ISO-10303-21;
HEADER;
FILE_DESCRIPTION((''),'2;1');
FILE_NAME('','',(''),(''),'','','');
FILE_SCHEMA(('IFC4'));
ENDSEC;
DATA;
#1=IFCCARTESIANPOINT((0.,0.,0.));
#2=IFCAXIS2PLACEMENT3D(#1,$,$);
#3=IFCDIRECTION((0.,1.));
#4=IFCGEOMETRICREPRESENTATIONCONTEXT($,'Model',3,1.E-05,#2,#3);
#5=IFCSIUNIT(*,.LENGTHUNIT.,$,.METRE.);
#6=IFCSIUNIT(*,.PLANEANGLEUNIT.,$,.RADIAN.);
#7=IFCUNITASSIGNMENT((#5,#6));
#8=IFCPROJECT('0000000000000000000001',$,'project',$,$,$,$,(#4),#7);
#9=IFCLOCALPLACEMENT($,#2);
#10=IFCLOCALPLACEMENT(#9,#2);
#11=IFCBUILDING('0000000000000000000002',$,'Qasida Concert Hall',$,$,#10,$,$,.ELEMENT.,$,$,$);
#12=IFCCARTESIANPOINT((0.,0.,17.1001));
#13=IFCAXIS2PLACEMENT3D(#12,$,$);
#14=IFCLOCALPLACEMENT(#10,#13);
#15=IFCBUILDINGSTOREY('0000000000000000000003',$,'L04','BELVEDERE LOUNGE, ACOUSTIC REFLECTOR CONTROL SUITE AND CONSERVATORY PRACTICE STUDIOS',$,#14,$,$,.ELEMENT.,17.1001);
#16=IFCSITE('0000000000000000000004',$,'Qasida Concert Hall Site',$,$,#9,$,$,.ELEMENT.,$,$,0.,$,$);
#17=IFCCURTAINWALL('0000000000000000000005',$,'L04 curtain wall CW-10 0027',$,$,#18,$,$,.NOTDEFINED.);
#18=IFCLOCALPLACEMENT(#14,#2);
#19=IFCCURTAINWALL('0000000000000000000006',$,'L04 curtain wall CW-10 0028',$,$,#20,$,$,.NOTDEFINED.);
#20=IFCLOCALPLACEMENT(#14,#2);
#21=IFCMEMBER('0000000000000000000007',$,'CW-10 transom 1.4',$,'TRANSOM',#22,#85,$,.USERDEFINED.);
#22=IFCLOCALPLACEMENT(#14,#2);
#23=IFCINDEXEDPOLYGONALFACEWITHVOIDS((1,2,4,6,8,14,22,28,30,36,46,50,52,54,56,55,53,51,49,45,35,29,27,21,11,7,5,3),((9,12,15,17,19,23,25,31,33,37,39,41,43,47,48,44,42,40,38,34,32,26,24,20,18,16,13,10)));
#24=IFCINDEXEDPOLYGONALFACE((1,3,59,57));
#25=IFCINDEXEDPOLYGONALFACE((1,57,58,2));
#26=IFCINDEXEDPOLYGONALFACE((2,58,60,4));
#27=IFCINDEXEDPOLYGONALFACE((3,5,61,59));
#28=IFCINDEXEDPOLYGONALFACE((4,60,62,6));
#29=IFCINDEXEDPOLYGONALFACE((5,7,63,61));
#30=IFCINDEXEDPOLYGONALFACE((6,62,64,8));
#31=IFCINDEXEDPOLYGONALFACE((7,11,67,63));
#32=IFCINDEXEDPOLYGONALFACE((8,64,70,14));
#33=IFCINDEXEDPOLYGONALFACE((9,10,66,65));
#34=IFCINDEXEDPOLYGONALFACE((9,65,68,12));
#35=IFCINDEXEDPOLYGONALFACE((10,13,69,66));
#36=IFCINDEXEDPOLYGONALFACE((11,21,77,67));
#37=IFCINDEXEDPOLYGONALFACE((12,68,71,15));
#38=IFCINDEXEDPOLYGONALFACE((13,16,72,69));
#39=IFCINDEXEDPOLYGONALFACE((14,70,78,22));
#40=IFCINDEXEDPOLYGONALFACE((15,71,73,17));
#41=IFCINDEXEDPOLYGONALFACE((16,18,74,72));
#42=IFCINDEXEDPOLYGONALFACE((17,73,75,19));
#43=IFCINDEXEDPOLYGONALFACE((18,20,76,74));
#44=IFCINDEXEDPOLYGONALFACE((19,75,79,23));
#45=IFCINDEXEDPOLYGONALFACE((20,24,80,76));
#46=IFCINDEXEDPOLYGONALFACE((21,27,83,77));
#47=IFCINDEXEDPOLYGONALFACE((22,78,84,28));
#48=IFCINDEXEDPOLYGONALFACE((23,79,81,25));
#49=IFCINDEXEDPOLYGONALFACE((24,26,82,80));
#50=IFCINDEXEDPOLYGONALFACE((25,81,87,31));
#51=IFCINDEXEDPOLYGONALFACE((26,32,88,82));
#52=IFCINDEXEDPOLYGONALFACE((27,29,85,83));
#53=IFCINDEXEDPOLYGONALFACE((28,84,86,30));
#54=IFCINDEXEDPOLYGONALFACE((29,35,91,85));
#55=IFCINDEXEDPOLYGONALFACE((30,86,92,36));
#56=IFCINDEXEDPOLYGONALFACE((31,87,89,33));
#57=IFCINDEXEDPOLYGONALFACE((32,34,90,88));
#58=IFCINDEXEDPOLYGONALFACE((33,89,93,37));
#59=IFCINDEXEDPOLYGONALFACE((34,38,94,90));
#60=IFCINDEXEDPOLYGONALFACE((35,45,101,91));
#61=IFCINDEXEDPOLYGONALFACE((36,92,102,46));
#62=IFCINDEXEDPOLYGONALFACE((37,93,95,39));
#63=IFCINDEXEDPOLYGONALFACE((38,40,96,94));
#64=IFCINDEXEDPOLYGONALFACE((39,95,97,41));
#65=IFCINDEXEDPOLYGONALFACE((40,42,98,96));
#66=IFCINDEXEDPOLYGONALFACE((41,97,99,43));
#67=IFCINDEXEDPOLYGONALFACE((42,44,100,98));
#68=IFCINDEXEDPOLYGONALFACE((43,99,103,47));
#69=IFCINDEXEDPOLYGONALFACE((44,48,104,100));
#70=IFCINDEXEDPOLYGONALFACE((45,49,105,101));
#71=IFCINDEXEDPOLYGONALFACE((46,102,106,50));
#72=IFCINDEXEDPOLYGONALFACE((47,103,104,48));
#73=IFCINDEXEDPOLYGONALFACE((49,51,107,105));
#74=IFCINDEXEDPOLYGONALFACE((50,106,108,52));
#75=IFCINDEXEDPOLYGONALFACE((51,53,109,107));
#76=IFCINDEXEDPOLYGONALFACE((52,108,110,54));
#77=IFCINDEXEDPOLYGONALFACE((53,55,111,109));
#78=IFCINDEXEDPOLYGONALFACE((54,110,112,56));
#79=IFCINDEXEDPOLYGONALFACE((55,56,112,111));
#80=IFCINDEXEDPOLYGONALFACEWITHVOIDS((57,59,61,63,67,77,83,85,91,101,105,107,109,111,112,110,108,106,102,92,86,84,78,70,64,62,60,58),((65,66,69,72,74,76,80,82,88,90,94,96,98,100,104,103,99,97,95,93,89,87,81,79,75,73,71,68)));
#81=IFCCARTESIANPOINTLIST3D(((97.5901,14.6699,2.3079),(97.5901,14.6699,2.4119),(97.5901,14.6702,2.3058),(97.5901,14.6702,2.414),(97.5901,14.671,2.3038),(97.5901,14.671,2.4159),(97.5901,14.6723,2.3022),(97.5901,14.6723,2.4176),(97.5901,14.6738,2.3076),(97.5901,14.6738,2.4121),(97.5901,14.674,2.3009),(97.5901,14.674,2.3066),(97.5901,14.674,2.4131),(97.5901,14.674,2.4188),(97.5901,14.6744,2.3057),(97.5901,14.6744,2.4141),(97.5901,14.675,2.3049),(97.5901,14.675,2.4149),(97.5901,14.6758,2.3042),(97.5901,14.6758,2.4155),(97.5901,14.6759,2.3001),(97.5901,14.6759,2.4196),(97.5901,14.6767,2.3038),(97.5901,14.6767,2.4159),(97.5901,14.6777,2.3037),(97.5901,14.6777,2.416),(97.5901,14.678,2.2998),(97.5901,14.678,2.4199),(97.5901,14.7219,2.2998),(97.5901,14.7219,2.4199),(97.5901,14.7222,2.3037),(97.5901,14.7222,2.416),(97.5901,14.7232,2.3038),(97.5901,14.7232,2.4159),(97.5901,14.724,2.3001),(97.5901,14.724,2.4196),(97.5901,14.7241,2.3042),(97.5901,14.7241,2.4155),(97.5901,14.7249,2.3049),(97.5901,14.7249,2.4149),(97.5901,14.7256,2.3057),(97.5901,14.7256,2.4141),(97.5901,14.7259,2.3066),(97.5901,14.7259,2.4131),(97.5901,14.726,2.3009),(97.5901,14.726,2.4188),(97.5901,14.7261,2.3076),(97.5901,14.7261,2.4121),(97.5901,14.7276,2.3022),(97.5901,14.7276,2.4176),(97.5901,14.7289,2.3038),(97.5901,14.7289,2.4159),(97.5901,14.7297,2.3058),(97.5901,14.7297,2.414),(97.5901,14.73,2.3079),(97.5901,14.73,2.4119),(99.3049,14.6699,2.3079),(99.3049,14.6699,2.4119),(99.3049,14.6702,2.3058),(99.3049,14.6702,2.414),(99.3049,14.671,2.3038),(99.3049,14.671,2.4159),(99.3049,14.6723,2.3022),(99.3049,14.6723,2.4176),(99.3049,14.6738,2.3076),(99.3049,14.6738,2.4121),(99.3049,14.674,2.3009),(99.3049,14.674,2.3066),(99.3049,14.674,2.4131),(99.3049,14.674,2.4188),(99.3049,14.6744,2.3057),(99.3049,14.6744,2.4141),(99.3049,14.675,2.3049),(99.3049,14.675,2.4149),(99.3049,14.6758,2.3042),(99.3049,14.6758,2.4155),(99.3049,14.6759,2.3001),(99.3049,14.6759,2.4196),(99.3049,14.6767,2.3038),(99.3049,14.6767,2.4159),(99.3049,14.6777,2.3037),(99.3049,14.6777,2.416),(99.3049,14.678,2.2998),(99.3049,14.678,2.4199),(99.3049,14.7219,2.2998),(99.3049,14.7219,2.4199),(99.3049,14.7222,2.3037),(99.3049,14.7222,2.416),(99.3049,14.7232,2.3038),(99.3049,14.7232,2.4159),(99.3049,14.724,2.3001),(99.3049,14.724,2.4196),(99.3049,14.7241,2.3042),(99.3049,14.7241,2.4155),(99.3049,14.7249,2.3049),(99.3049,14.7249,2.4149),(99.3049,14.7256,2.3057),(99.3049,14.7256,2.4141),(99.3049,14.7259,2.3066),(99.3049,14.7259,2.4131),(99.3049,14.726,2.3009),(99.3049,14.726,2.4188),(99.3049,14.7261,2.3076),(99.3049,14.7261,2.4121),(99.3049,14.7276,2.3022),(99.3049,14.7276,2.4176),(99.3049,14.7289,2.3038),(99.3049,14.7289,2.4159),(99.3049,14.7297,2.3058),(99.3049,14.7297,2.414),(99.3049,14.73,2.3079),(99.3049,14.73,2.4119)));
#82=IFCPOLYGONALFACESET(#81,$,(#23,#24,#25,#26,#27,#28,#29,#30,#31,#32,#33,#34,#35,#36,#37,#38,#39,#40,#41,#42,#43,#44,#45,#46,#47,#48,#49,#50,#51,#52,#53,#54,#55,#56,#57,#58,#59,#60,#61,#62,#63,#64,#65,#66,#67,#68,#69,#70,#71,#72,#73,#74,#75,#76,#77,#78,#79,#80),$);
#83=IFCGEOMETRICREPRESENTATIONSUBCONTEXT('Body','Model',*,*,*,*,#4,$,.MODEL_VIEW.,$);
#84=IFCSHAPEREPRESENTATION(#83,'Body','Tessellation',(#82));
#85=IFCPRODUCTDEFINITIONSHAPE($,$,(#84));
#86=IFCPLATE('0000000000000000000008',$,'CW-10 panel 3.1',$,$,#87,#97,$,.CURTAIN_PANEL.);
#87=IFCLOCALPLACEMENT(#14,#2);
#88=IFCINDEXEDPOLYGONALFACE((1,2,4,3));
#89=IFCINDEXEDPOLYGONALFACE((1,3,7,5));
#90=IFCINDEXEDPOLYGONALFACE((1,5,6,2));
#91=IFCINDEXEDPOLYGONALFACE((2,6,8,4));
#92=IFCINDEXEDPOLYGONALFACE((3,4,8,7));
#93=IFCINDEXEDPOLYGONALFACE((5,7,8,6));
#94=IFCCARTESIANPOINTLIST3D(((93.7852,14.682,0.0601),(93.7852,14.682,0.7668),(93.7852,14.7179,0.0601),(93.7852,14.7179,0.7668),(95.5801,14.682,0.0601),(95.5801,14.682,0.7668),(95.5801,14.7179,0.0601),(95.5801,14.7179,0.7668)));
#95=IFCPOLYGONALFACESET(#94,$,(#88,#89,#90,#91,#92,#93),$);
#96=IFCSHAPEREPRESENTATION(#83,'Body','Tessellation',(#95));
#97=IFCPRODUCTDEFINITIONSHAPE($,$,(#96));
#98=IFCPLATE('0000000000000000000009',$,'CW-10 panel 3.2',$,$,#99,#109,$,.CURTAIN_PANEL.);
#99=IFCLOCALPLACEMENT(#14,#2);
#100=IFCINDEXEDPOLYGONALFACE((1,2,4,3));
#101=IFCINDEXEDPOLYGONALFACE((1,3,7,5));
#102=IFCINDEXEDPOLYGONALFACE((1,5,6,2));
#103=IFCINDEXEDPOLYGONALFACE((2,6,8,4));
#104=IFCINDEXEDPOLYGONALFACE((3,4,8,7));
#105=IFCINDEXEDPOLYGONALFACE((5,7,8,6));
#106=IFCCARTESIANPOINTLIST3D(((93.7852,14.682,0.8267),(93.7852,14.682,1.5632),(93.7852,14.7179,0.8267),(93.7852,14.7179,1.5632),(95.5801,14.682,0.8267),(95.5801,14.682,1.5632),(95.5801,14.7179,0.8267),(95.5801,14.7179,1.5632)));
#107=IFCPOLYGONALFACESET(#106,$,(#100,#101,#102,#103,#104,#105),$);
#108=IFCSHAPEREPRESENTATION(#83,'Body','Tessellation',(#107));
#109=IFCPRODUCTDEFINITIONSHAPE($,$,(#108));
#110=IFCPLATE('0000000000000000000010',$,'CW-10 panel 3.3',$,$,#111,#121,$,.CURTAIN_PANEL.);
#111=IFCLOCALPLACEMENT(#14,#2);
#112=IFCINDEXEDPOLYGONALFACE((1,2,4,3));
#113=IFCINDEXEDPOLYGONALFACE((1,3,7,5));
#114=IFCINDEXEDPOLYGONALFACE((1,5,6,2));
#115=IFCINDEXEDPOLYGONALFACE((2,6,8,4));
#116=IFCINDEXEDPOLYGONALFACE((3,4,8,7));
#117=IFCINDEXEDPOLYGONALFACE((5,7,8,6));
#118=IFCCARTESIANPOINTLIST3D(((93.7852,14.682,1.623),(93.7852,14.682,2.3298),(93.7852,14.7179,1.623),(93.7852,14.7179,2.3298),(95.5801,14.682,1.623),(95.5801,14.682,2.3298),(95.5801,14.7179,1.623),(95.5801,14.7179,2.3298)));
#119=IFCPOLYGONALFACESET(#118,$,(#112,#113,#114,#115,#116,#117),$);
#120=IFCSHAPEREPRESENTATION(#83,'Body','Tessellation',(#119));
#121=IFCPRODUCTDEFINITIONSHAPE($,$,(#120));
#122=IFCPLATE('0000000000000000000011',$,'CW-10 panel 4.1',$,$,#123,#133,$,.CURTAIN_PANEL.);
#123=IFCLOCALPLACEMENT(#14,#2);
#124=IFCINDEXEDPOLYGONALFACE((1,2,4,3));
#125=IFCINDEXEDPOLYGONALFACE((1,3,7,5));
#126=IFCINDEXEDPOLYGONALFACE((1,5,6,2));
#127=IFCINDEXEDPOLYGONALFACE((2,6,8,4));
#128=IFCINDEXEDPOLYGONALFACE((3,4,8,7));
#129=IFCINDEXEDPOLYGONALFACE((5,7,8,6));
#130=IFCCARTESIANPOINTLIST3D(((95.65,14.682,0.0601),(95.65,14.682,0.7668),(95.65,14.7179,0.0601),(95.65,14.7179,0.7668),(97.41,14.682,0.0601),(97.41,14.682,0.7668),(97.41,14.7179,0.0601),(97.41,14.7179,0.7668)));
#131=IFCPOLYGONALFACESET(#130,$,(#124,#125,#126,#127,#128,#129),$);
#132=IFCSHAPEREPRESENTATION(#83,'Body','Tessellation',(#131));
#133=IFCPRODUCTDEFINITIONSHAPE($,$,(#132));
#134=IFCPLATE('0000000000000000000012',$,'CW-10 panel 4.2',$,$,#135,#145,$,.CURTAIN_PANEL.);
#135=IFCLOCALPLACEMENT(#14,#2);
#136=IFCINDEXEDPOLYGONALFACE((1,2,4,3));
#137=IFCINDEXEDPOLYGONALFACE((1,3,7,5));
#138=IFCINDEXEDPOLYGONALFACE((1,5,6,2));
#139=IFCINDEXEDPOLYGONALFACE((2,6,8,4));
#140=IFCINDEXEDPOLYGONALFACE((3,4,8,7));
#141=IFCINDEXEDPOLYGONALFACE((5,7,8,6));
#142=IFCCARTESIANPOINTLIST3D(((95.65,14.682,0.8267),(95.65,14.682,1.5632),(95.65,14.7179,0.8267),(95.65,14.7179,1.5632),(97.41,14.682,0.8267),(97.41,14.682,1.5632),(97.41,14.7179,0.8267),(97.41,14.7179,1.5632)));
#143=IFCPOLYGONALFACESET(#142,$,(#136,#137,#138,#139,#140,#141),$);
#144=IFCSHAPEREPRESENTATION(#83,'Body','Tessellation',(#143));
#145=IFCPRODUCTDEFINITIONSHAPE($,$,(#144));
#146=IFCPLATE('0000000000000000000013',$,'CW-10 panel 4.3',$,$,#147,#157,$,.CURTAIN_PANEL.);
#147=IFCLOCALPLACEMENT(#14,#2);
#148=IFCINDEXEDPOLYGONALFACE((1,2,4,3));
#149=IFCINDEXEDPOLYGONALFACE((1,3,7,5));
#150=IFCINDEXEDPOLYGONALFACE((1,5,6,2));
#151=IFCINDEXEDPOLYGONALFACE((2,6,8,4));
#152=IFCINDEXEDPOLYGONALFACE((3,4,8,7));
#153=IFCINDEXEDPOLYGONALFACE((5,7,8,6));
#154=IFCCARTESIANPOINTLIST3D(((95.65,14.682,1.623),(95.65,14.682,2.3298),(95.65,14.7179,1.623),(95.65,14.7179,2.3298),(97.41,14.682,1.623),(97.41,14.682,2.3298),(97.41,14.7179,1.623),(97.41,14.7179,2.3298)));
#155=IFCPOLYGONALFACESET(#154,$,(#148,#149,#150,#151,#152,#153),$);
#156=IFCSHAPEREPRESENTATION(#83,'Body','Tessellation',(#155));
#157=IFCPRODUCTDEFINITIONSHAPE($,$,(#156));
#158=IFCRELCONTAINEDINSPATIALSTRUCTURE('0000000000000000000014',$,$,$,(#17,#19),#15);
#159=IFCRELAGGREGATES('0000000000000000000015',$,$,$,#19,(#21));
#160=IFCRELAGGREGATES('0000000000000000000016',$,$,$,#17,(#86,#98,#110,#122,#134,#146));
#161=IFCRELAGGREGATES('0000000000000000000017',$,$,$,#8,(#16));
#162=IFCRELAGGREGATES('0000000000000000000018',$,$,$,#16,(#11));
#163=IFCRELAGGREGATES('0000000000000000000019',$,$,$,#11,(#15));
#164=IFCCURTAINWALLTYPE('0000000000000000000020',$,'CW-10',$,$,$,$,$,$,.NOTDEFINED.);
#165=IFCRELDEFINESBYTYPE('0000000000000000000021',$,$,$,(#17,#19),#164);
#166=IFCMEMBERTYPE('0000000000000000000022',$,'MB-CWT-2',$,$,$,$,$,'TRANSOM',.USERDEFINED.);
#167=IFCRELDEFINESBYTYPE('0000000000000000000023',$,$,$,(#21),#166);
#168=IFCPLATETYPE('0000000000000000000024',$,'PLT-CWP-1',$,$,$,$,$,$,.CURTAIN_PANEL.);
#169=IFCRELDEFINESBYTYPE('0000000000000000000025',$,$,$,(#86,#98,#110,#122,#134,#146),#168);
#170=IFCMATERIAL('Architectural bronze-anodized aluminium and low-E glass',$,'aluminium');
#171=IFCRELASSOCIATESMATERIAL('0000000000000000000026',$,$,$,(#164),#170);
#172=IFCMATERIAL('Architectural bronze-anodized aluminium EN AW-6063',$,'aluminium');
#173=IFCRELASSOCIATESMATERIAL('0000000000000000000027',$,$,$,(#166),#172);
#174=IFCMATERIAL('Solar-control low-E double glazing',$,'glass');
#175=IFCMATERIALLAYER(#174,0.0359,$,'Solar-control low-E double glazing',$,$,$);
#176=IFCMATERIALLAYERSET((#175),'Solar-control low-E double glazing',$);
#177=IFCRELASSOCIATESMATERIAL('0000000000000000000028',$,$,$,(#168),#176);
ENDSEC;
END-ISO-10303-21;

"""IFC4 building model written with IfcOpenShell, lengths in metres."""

from ifc_helpers import new_model, si_unit, direction, frame, origin, origin_2d, place, context, subcontext, project, spatial, rectangle, hollow_rectangle, extrude, material, layer, layer_set, material_profile, profile_set, type_object, element, aggregate, save


model = new_model("IFC4")

# Units and contexts
model_context = context("Model", 3, precision=1e-05, world=origin(), true_north=direction((0.0, 1.0)))
body_context = subcontext(model_context, "Body", "Model", "MODEL_VIEW")
ifc_project = project(units=[si_unit("LENGTHUNIT", "METRE"), si_unit("PLANEANGLEUNIT", "RADIAN")], contexts=[model_context])

# Site, building, storey
site_placement = place(None, origin())
site = spatial("IfcSite", under=ifc_project, at=site_placement, Name="Qasida Concert Hall Site", CompositionType="ELEMENT", RefElevation=0.0)
building_placement = place(site_placement, origin())
building = spatial("IfcBuilding", under=site, at=building_placement, Name="Qasida Concert Hall", CompositionType="ELEMENT")
storey_placement = place(building_placement, frame((0.0, 0.0, 17.1001)))
storey = spatial("IfcBuildingStorey", under=building, at=storey_placement, Name="L04", Description="BELVEDERE LOUNGE, ACOUSTIC REFLECTOR CONTROL SUITE AND CONSERVATORY PRACTICE STUDIOS", CompositionType="ELEMENT", Elevation=17.1001)

# Curtain wall
ifc_material_1 = material(Name="Architectural bronze-anodized aluminium and low-E glass", Category="aluminium")
curtain_wall_type = type_object("IfcCurtainWallType", Name="CW-10", PredefinedType="NOTDEFINED", material=ifc_material_1)
curtain_wall_1_placement = place(storey_placement, origin())
curtain_wall_1 = element("IfcCurtainWall", 1, at=curtain_wall_1_placement, inside=storey, type_object=curtain_wall_type, Name="L04 curtain wall CW-10 0027", PredefinedType="NOTDEFINED")
ifc_material_2 = material(Name="Architectural bronze-anodized aluminium EN AW-6063", Category="aluminium")

# Curtain wall
curtain_wall_2_placement = place(storey_placement, origin())
curtain_wall_2 = element("IfcCurtainWall", 2, at=curtain_wall_2_placement, inside=storey, type_object=curtain_wall_type, Name="L04 curtain wall CW-10 0028", PredefinedType="NOTDEFINED")

# Member
ifc_material_profile_1 = material_profile(ifc_material_2, hollow_rectangle(XDim=0.0601, YDim=0.1201, WallThickness=0.0039, InnerFilletRadius=0.0039, OuterFilletRadius=0.0081, at=origin_2d()), Name="CWT 120x60x4")
ifc_profile_set_1 = profile_set([ifc_material_profile_1], Name="Architectural bronze-anodized aluminium EN AW-6063")
member_type_1 = type_object("IfcMemberType", Name="MB-CWT-2", ElementType="TRANSOM", PredefinedType="USERDEFINED", material=ifc_profile_set_1)
member_1_placement = place(storey_placement, frame((97.5901, 14.7, 2.3599), z_axis=(1.0, 0.0, 0.0), x_axis=(0.0, 1.0, 0.0)))
member_1 = element("IfcMember", 3, at=member_1_placement, type_object=member_type_1, Name="CW-10 transom 1.4", ObjectType="TRANSOM", PredefinedType="USERDEFINED", context=body_context, shape_type="SweptSolid", body=[
    extrude(hollow_rectangle(XDim=0.0601, YDim=0.1201, WallThickness=0.0039, InnerFilletRadius=0.0039, OuterFilletRadius=0.0081, at=origin_2d()), origin(), (0.0, 0.0, 1.0), 1.7148),
])
aggregate(curtain_wall_2, [member_1])

# Plates
ifc_material_3 = material(Name="Solar-control low-E double glazing", Category="glass")
ifc_layer = layer(ifc_material_3, 0.0359, Name="Solar-control low-E double glazing")
ifc_layer_set = layer_set([ifc_layer], Name="Solar-control low-E double glazing")
plate_type = type_object("IfcPlateType", Name="PLT-CWP-1", PredefinedType="CURTAIN_PANEL", material=ifc_layer_set)
plate_1_placement = place(storey_placement, frame((94.6826, 14.7, 0.0601), z_axis=(0.0, 0.0, 1.0), x_axis=(1.0, 0.0, 0.0)))
plate_1 = element("IfcPlate", 4, at=plate_1_placement, type_object=plate_type, Name="CW-10 panel 3.1", PredefinedType="CURTAIN_PANEL", context=body_context, shape_type="SweptSolid", body=[
    extrude(rectangle(XDim=1.7949, YDim=0.0359, at=origin_2d()), origin(), (0.0, 0.0, 1.0), 0.7068),
])
plate_2_placement = place(storey_placement, frame((94.6826, 14.7, 0.8267), z_axis=(0.0, 0.0, 1.0), x_axis=(1.0, 0.0, 0.0)))
plate_2 = element("IfcPlate", 5, at=plate_2_placement, type_object=plate_type, Name="CW-10 panel 3.2", PredefinedType="CURTAIN_PANEL", context=body_context, shape_type="SweptSolid", body=[
    extrude(rectangle(XDim=1.7949, YDim=0.0359, at=origin_2d()), origin(), (0.0, 0.0, 1.0), 0.7366),
])
plate_3_placement = place(storey_placement, frame((94.6826, 14.7, 1.623), z_axis=(0.0, 0.0, 1.0), x_axis=(1.0, 0.0, 0.0)))
plate_3 = element("IfcPlate", 6, at=plate_3_placement, type_object=plate_type, Name="CW-10 panel 3.3", PredefinedType="CURTAIN_PANEL", context=body_context, shape_type="SweptSolid", body=[
    extrude(rectangle(XDim=1.7949, YDim=0.0359, at=origin_2d()), origin(), (0.0, 0.0, 1.0), 0.7068),
])
plate_4_placement = place(storey_placement, frame((96.53, 14.7, 0.0601), z_axis=(0.0, 0.0, 1.0), x_axis=(1.0, 0.0, 0.0)))
plate_4 = element("IfcPlate", 7, at=plate_4_placement, type_object=plate_type, Name="CW-10 panel 4.1", PredefinedType="CURTAIN_PANEL", context=body_context, shape_type="SweptSolid", body=[
    extrude(rectangle(XDim=1.76, YDim=0.0359, at=origin_2d()), origin(), (0.0, 0.0, 1.0), 0.7068),
])
plate_5_placement = place(storey_placement, frame((96.53, 14.7, 0.8267), z_axis=(0.0, 0.0, 1.0), x_axis=(1.0, 0.0, 0.0)))
plate_5 = element("IfcPlate", 8, at=plate_5_placement, type_object=plate_type, Name="CW-10 panel 4.2", PredefinedType="CURTAIN_PANEL", context=body_context, shape_type="SweptSolid", body=[
    extrude(rectangle(XDim=1.76, YDim=0.0359, at=origin_2d()), origin(), (0.0, 0.0, 1.0), 0.7366),
])
plate_6_placement = place(storey_placement, frame((96.53, 14.7, 1.623), z_axis=(0.0, 0.0, 1.0), x_axis=(1.0, 0.0, 0.0)))
plate_6 = element("IfcPlate", 9, at=plate_6_placement, type_object=plate_type, Name="CW-10 panel 4.3", PredefinedType="CURTAIN_PANEL", context=body_context, shape_type="SweptSolid", body=[
    extrude(rectangle(XDim=1.76, YDim=0.0359, at=origin_2d()), origin(), (0.0, 0.0, 1.0), 0.7068),
])
aggregate(curtain_wall_1, [plate_1, plate_2, plate_3, plate_4, plate_5, plate_6])

save(model, "model.ifc")
